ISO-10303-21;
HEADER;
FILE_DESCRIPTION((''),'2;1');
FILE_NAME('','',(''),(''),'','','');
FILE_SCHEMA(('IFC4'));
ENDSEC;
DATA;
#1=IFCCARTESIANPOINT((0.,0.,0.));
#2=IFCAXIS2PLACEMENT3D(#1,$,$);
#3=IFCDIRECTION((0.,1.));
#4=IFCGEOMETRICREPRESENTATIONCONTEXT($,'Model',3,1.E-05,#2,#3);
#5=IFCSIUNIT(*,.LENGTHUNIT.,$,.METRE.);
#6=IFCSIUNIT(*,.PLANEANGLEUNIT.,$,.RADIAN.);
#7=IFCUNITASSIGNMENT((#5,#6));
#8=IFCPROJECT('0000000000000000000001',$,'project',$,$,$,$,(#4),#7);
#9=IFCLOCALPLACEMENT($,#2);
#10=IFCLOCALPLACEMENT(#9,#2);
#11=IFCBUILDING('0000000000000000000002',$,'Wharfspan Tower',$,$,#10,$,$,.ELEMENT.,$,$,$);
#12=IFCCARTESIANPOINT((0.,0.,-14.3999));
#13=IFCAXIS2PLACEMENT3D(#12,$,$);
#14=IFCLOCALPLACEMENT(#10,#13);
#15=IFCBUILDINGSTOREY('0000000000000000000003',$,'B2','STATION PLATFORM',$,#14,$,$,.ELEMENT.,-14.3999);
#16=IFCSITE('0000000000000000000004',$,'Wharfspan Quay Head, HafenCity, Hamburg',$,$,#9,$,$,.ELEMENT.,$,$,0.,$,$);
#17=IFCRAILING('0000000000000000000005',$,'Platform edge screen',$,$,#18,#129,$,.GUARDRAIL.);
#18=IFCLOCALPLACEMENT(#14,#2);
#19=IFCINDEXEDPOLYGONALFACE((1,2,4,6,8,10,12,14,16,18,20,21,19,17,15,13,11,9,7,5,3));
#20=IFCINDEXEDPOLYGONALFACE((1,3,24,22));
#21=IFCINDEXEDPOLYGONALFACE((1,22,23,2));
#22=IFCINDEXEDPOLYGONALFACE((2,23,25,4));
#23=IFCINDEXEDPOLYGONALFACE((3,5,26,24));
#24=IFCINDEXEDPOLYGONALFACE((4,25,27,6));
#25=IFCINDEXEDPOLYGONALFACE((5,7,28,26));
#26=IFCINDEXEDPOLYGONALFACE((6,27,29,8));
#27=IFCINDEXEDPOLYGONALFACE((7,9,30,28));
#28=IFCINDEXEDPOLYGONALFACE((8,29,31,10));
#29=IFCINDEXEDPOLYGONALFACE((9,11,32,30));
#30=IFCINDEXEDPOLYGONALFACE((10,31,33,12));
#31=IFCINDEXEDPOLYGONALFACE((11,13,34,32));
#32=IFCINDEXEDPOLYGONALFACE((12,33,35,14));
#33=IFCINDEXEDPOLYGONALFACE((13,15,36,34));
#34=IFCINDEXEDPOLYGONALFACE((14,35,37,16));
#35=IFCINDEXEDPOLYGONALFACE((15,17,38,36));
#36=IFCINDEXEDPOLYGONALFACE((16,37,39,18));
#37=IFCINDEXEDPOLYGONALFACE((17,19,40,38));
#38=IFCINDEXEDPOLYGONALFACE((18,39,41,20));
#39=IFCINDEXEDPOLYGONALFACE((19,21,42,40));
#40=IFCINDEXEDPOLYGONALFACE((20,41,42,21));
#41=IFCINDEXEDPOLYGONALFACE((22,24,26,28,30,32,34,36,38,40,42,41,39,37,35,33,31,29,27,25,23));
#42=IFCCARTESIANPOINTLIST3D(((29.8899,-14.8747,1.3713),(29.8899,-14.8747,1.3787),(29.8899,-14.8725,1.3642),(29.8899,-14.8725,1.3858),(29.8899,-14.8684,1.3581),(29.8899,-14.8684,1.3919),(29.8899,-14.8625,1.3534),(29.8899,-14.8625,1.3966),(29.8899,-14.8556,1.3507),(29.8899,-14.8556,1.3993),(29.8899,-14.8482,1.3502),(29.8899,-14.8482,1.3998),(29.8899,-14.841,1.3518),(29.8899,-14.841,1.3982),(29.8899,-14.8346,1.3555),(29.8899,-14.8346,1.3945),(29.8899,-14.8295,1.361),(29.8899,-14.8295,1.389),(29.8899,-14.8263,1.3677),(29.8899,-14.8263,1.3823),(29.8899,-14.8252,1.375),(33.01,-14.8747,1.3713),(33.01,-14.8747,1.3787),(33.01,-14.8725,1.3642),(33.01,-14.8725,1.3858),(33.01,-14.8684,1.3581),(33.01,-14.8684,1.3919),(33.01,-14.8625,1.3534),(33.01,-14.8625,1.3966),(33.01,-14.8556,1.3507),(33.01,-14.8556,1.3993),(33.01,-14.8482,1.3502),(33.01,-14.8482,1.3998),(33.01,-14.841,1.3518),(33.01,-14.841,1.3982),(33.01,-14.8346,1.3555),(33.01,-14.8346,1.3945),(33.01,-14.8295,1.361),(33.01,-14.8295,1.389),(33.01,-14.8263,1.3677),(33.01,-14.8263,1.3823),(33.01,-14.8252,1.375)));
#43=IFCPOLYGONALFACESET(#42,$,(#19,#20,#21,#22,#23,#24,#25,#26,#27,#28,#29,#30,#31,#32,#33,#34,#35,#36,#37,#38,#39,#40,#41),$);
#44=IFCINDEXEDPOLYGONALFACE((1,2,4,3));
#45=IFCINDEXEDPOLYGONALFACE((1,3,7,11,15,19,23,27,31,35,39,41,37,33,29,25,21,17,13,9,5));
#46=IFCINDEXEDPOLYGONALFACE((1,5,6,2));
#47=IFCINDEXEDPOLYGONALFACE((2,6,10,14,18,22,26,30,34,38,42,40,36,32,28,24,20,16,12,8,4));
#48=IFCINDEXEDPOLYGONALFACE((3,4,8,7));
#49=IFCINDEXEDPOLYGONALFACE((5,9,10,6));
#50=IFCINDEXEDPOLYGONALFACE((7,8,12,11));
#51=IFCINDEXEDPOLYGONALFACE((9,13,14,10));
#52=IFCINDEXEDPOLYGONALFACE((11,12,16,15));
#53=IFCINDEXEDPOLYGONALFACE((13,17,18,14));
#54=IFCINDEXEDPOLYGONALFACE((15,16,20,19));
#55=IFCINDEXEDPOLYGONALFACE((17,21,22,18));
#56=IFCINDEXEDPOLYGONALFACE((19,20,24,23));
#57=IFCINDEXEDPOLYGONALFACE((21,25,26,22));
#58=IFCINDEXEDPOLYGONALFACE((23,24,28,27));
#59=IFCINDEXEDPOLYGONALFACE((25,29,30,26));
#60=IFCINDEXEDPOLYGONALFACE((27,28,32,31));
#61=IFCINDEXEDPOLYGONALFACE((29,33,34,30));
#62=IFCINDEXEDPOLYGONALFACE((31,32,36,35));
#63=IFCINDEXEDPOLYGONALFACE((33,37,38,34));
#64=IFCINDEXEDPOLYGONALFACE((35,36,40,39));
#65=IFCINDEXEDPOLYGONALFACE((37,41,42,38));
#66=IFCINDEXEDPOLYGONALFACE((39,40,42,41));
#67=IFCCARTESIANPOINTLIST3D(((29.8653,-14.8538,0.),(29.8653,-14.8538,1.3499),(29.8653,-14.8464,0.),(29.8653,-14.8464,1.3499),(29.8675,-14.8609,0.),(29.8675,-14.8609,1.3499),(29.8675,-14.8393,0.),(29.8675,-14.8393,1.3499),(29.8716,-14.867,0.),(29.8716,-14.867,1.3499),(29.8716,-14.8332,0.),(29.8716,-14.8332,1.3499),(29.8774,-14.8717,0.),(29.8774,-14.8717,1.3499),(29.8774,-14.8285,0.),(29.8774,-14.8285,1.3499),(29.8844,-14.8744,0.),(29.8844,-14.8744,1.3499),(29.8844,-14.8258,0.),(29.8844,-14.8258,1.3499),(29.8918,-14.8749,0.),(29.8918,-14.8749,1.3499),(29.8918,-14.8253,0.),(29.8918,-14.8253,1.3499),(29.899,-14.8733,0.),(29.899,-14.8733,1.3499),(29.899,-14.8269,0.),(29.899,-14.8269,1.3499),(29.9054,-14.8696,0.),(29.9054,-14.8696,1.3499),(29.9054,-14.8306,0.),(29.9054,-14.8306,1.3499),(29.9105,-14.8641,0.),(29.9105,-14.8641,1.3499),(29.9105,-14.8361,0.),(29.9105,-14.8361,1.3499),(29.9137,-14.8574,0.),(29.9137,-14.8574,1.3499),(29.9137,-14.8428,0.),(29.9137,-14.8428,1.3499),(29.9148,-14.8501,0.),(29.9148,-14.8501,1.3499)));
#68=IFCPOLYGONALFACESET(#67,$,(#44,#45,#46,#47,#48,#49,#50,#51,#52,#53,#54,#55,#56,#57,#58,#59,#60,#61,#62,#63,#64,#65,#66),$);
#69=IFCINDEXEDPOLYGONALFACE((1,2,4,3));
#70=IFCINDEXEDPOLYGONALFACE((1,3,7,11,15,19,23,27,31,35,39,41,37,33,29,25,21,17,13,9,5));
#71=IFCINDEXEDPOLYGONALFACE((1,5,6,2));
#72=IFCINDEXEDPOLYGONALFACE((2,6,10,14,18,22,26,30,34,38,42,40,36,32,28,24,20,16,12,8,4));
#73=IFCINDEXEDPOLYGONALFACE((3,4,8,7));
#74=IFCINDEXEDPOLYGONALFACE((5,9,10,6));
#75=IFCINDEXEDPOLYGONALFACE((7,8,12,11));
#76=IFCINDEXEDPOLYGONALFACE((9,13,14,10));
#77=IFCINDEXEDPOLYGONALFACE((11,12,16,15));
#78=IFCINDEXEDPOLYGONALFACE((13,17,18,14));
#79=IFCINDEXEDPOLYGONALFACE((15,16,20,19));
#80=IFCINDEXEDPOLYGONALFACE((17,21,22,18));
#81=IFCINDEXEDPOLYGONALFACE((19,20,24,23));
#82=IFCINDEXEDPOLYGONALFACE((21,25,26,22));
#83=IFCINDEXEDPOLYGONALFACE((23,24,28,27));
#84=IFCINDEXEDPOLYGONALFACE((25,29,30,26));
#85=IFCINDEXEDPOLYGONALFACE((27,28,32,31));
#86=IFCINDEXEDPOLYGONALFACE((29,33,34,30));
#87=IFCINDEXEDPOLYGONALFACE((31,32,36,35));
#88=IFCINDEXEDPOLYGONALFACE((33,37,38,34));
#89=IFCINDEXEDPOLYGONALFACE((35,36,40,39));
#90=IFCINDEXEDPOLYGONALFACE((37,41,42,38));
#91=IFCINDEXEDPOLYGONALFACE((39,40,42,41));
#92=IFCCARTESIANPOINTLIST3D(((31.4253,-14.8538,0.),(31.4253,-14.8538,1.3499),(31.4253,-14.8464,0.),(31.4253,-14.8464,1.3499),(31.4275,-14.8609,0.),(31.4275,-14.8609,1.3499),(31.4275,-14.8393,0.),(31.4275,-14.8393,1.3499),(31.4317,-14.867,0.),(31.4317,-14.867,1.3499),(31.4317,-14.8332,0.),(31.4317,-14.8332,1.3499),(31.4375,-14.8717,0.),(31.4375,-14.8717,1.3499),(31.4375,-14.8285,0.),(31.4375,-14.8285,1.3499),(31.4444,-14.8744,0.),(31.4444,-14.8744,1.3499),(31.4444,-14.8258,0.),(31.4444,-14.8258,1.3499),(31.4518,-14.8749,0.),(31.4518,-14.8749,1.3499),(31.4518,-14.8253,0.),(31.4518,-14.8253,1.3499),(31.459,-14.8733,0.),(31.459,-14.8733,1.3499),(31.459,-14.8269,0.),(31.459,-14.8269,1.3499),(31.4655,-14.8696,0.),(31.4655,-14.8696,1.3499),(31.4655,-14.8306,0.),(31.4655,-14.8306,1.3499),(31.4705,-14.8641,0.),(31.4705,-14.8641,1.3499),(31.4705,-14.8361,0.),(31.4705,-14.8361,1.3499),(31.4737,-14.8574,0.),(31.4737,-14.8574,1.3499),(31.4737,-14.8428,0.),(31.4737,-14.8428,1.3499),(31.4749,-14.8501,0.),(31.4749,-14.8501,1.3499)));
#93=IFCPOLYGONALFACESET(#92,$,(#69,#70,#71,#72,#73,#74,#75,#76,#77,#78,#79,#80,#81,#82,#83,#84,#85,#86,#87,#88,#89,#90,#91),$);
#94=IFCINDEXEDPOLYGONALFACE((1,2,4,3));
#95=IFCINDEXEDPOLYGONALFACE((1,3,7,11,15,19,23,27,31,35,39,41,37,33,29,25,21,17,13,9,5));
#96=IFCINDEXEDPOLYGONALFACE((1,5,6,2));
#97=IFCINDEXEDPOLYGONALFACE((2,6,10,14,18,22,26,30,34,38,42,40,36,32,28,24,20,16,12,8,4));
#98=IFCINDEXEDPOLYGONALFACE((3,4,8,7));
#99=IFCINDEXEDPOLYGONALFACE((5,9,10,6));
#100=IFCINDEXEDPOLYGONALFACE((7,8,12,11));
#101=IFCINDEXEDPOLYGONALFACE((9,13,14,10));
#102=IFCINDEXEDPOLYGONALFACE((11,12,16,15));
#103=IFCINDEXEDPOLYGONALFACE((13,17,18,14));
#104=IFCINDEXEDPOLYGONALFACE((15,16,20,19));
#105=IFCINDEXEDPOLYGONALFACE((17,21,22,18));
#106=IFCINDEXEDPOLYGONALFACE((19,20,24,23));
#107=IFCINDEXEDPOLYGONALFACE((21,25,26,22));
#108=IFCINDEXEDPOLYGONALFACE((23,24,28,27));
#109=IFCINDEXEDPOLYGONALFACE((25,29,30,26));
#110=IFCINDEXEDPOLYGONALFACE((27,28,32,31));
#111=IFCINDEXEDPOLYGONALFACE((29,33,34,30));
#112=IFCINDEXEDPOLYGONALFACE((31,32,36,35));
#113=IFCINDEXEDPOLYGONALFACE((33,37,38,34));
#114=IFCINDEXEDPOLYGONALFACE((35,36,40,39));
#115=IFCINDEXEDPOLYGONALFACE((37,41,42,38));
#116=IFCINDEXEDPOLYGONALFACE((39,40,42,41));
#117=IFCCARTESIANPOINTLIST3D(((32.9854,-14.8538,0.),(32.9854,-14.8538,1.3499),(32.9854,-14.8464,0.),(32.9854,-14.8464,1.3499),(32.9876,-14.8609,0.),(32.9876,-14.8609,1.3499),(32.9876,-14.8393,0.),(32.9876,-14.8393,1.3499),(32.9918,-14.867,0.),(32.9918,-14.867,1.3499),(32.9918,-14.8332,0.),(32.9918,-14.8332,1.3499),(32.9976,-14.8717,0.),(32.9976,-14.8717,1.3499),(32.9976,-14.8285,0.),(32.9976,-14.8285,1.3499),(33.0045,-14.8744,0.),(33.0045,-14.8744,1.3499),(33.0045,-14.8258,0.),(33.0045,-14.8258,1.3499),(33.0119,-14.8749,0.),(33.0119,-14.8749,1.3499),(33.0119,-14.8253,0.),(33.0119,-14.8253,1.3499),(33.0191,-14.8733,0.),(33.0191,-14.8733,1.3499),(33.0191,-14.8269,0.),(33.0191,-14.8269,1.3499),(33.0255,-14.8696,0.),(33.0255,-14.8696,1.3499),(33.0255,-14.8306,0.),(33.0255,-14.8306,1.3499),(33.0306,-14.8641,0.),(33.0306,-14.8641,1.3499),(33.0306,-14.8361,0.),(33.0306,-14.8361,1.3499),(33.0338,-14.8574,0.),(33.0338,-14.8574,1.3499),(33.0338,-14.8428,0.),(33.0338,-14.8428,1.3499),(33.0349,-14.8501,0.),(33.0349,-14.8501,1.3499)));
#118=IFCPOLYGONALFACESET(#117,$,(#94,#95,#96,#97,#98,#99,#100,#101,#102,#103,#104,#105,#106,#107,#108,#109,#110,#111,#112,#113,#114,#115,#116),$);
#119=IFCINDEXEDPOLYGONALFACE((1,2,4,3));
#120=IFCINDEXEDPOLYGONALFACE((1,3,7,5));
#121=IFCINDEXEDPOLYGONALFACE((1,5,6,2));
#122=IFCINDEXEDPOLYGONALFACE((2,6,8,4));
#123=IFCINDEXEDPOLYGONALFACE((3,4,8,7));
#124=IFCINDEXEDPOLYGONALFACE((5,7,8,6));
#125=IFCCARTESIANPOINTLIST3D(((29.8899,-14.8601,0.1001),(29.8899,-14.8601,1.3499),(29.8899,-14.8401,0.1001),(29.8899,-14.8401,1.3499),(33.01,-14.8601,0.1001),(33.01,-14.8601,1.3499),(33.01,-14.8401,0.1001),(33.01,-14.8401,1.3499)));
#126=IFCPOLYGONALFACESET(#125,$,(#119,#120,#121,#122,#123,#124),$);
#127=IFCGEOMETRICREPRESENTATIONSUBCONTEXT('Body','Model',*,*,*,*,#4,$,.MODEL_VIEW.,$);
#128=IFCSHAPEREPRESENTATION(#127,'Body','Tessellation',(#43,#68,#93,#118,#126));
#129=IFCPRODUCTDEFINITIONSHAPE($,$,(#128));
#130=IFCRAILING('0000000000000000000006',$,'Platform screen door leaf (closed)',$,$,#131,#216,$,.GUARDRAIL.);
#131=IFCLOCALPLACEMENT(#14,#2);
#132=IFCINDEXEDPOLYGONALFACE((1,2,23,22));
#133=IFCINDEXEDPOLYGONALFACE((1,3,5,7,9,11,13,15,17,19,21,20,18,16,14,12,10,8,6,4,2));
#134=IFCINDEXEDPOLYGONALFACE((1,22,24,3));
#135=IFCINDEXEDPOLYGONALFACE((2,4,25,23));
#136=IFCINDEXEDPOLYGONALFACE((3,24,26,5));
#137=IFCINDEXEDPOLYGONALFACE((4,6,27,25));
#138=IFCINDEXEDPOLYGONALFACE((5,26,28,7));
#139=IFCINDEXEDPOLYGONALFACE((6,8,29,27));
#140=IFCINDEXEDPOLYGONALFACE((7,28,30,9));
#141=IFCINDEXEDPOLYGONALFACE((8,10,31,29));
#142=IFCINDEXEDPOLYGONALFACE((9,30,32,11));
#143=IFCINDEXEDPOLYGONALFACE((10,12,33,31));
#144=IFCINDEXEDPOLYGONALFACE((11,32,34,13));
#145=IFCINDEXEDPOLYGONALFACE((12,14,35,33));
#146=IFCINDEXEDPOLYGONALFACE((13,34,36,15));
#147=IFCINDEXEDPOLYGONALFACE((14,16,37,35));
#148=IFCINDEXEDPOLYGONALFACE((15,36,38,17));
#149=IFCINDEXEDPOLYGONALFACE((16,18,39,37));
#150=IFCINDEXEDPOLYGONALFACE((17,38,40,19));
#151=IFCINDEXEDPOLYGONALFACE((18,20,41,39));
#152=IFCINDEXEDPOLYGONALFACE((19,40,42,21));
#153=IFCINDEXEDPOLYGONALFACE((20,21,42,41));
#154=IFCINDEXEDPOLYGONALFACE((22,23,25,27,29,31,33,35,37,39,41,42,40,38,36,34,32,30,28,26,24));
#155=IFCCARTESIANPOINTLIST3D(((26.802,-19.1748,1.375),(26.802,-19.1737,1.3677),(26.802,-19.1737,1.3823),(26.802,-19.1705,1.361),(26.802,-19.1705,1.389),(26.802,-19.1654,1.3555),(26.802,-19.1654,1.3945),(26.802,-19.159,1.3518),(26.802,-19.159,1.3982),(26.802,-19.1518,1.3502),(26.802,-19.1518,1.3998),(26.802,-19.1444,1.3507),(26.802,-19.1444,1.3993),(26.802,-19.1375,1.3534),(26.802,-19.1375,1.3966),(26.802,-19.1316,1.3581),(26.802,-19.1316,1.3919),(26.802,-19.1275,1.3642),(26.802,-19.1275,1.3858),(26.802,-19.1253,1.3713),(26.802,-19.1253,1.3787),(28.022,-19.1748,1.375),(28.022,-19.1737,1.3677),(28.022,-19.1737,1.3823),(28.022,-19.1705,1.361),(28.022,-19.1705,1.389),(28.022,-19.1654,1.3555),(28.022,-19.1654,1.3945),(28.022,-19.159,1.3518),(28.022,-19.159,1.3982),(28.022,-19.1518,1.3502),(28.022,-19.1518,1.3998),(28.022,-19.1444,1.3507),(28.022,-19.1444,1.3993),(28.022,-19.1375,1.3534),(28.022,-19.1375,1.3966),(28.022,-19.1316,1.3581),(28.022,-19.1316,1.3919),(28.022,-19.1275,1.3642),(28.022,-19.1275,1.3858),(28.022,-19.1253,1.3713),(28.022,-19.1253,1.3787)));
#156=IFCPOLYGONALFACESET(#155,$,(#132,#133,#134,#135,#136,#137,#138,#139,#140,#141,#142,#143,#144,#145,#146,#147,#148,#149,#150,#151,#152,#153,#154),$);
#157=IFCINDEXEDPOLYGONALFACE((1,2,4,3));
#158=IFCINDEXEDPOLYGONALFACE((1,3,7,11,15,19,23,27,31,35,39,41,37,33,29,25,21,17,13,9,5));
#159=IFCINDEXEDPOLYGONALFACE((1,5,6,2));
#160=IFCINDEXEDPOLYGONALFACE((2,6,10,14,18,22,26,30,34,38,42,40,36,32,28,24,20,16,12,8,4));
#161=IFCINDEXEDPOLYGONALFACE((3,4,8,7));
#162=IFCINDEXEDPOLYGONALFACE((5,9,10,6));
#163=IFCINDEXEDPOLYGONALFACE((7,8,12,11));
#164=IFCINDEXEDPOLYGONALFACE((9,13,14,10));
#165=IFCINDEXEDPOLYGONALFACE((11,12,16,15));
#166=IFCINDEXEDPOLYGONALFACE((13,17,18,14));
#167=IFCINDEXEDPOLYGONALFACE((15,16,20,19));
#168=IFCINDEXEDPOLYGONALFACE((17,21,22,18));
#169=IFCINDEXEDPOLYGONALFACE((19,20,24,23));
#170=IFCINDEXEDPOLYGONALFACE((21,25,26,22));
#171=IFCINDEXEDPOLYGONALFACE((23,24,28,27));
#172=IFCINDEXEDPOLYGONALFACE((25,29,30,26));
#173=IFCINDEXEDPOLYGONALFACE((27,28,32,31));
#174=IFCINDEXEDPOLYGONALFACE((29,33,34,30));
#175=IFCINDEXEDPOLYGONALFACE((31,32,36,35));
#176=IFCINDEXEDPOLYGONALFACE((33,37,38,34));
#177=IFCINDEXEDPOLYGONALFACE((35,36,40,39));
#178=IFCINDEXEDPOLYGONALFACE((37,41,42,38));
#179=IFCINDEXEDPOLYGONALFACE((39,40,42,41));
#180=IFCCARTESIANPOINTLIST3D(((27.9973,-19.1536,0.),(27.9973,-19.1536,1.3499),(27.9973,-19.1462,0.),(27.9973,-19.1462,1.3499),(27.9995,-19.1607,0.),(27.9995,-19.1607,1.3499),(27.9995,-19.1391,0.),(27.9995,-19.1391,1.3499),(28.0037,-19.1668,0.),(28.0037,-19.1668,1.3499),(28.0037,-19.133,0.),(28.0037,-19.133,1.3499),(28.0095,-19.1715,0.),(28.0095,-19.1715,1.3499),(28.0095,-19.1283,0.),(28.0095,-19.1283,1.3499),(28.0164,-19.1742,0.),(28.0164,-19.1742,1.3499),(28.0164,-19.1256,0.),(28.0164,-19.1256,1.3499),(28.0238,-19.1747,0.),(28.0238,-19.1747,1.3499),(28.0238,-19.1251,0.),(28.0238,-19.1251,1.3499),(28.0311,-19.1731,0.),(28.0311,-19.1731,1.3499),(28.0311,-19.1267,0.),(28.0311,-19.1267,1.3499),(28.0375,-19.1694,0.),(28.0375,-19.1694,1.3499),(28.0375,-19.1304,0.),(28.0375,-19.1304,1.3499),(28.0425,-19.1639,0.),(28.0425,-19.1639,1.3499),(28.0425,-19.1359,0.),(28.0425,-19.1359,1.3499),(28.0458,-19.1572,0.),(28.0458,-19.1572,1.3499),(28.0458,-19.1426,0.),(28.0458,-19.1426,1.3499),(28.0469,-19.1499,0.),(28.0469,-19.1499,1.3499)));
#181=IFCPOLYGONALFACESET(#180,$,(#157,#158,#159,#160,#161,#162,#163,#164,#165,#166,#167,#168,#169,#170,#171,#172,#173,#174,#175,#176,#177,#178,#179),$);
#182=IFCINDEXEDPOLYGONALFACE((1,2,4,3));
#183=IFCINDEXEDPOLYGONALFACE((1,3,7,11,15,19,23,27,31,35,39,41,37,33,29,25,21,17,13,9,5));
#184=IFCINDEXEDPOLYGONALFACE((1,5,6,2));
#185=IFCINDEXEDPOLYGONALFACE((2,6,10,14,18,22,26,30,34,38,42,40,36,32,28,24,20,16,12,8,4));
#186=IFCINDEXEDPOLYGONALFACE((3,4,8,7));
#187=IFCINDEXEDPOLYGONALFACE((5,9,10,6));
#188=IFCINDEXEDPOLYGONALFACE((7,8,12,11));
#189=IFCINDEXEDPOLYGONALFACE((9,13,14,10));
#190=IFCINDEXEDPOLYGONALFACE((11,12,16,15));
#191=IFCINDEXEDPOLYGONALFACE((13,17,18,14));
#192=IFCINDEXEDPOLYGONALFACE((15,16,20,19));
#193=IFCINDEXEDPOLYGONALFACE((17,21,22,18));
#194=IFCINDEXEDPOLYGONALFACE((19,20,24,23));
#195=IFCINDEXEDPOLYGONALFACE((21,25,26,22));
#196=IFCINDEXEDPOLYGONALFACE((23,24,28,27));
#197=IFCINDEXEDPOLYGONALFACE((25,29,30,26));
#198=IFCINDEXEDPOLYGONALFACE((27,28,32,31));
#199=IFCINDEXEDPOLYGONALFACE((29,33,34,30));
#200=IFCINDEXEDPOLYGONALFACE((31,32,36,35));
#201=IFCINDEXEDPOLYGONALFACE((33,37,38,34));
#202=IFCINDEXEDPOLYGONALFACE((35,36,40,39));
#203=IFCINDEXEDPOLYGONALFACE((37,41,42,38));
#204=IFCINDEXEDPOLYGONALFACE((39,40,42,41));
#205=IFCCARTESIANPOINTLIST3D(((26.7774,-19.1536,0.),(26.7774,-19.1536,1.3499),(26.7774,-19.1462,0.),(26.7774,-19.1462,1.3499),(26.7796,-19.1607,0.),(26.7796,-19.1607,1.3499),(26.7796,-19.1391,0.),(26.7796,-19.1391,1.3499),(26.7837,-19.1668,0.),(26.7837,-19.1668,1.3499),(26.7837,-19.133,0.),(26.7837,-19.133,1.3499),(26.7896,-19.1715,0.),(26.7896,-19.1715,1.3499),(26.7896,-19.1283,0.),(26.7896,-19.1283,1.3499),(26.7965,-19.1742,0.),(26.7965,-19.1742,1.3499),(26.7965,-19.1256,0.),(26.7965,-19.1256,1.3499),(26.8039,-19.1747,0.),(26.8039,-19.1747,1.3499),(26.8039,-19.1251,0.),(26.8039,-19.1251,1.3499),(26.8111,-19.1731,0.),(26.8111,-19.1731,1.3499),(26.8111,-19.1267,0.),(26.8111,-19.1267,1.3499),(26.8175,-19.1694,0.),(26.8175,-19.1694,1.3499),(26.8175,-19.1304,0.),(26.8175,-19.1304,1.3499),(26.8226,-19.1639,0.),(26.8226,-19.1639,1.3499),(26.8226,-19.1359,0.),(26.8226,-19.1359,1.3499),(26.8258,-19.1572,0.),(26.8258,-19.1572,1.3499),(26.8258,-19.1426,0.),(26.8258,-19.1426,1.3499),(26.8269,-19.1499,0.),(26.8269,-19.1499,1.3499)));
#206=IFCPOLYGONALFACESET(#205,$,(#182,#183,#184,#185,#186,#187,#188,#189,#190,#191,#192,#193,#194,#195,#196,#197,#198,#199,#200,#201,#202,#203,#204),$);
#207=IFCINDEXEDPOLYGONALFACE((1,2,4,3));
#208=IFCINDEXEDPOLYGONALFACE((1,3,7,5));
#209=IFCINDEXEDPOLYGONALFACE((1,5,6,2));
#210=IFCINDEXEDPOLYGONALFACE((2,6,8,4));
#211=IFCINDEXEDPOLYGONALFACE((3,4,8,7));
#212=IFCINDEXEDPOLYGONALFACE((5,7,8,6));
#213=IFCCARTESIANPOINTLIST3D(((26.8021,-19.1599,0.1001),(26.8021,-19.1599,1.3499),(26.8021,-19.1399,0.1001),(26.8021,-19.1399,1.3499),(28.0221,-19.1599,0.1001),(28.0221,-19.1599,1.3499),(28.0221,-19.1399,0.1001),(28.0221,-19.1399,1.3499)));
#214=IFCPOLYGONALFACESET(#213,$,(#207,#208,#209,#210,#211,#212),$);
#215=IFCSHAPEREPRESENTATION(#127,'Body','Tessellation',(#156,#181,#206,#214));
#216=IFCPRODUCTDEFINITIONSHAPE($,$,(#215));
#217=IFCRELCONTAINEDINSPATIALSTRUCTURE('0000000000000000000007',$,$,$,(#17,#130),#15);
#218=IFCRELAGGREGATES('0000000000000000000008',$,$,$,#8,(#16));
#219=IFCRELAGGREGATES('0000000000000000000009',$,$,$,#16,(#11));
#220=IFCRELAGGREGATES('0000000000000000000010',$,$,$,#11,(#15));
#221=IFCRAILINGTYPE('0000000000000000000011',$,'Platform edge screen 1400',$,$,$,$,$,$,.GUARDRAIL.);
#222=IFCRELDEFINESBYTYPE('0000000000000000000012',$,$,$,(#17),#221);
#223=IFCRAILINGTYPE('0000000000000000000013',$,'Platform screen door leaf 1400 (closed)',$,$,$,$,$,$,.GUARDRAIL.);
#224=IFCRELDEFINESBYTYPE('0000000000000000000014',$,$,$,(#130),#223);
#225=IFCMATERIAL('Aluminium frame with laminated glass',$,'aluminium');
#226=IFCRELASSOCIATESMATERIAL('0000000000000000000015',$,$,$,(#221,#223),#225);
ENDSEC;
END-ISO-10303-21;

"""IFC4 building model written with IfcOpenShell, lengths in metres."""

from ifc_helpers import new_model, si_unit, direction, frame, origin, origin_2d, place, context, subcontext, project, spatial, rectangle, circle, extrude, material, type_object, element, save


model = new_model("IFC4")

# Units and contexts
model_context = context("Model", 3, precision=1e-05, world=origin(), true_north=direction((0.0, 1.0)))
body_context = subcontext(model_context, "Body", "Model", "MODEL_VIEW")
ifc_project = project(units=[si_unit("LENGTHUNIT", "METRE"), si_unit("PLANEANGLEUNIT", "RADIAN")], contexts=[model_context])

# Site, building, storey
site_placement = place(None, origin())
site = spatial("IfcSite", under=ifc_project, at=site_placement, Name="Wharfspan Quay Head, HafenCity, Hamburg", CompositionType="ELEMENT", RefElevation=0.0)
building_placement = place(site_placement, origin())
building = spatial("IfcBuilding", under=site, at=building_placement, Name="Wharfspan Tower", CompositionType="ELEMENT")
storey_placement = place(building_placement, frame((0.0, 0.0, -14.3999)))
storey = spatial("IfcBuildingStorey", under=building, at=storey_placement, Name="B2", Description="STATION PLATFORM", CompositionType="ELEMENT", Elevation=-14.3999)

# Railings
ifc_material_1 = material(Name="Aluminium frame with laminated glass", Category="aluminium")
railing_type_1 = type_object("IfcRailingType", Name="Platform edge screen 1400", PredefinedType="GUARDRAIL", material=ifc_material_1)
for number, where, name in (
    (1, (29.8899, -14.8501, 0.0), "Platform edge screen"),
):
    element("IfcRailing", number, at=place(storey_placement, frame(where)), inside=storey, type_object=railing_type_1, Name=name, PredefinedType="GUARDRAIL", context=body_context, shape_type="SweptSolid", body=[
        extrude(circle(Radius=0.0249, at=origin_2d()), frame((0.0, 0.0, 1.375), z_axis=(1.0, 0.0, 0.0), x_axis=(0.0, 1.0, 0.0)), (0.0, 0.0, 1.0), 3.1201),
        extrude(circle(Radius=0.0249, at=origin_2d()), origin(), (0.0, 0.0, 1.0), 1.3499),
        extrude(circle(Radius=0.0249, at=origin_2d()), frame((1.5601, 0.0, 0.0)), (0.0, 0.0, 1.0), 1.3499),
        extrude(circle(Radius=0.0249, at=origin_2d()), frame((3.1201, 0.0, 0.0)), (0.0, 0.0, 1.0), 1.3499),
        extrude(rectangle(XDim=3.1201, YDim=0.02, at=origin_2d()), frame((1.5601, 0.0, 0.1001), z_axis=(0.0, 0.0, 1.0), x_axis=(1.0, 0.0, 0.0)), (0.0, 0.0, 1.0), 1.2498),
    ])
railing_type_2 = type_object("IfcRailingType", Name="Platform screen door leaf 1400 (closed)", PredefinedType="GUARDRAIL", material=ifc_material_1)
railing_1_placement = place(storey_placement, frame((28.022, -19.1499, 0.0)))
element("IfcRailing", 2, at=railing_1_placement, inside=storey, type_object=railing_type_2, Name="Platform screen door leaf (closed)", PredefinedType="GUARDRAIL", context=body_context, shape_type="SweptSolid", body=[
    extrude(circle(Radius=0.0249, at=origin_2d()), frame((0.0, 0.0, 1.375), z_axis=(-1.0, 0.0, 0.0), x_axis=(0.0, -1.0, 0.0)), (0.0, 0.0, 1.0), 1.22),
    extrude(circle(Radius=0.0249, at=origin_2d()), origin(), (0.0, 0.0, 1.0), 1.3499),
    extrude(circle(Radius=0.0249, at=origin_2d()), frame((-1.22, 0.0, 0.0)), (0.0, 0.0, 1.0), 1.3499),
    extrude(rectangle(XDim=1.22, YDim=0.02, at=origin_2d()), frame((-0.6099, 0.0, 0.1001), z_axis=(0.0, 0.0, 1.0), x_axis=(-1.0, 0.0, 0.0)), (0.0, 0.0, 1.0), 1.2498),
])

save(model, "model.ifc")
